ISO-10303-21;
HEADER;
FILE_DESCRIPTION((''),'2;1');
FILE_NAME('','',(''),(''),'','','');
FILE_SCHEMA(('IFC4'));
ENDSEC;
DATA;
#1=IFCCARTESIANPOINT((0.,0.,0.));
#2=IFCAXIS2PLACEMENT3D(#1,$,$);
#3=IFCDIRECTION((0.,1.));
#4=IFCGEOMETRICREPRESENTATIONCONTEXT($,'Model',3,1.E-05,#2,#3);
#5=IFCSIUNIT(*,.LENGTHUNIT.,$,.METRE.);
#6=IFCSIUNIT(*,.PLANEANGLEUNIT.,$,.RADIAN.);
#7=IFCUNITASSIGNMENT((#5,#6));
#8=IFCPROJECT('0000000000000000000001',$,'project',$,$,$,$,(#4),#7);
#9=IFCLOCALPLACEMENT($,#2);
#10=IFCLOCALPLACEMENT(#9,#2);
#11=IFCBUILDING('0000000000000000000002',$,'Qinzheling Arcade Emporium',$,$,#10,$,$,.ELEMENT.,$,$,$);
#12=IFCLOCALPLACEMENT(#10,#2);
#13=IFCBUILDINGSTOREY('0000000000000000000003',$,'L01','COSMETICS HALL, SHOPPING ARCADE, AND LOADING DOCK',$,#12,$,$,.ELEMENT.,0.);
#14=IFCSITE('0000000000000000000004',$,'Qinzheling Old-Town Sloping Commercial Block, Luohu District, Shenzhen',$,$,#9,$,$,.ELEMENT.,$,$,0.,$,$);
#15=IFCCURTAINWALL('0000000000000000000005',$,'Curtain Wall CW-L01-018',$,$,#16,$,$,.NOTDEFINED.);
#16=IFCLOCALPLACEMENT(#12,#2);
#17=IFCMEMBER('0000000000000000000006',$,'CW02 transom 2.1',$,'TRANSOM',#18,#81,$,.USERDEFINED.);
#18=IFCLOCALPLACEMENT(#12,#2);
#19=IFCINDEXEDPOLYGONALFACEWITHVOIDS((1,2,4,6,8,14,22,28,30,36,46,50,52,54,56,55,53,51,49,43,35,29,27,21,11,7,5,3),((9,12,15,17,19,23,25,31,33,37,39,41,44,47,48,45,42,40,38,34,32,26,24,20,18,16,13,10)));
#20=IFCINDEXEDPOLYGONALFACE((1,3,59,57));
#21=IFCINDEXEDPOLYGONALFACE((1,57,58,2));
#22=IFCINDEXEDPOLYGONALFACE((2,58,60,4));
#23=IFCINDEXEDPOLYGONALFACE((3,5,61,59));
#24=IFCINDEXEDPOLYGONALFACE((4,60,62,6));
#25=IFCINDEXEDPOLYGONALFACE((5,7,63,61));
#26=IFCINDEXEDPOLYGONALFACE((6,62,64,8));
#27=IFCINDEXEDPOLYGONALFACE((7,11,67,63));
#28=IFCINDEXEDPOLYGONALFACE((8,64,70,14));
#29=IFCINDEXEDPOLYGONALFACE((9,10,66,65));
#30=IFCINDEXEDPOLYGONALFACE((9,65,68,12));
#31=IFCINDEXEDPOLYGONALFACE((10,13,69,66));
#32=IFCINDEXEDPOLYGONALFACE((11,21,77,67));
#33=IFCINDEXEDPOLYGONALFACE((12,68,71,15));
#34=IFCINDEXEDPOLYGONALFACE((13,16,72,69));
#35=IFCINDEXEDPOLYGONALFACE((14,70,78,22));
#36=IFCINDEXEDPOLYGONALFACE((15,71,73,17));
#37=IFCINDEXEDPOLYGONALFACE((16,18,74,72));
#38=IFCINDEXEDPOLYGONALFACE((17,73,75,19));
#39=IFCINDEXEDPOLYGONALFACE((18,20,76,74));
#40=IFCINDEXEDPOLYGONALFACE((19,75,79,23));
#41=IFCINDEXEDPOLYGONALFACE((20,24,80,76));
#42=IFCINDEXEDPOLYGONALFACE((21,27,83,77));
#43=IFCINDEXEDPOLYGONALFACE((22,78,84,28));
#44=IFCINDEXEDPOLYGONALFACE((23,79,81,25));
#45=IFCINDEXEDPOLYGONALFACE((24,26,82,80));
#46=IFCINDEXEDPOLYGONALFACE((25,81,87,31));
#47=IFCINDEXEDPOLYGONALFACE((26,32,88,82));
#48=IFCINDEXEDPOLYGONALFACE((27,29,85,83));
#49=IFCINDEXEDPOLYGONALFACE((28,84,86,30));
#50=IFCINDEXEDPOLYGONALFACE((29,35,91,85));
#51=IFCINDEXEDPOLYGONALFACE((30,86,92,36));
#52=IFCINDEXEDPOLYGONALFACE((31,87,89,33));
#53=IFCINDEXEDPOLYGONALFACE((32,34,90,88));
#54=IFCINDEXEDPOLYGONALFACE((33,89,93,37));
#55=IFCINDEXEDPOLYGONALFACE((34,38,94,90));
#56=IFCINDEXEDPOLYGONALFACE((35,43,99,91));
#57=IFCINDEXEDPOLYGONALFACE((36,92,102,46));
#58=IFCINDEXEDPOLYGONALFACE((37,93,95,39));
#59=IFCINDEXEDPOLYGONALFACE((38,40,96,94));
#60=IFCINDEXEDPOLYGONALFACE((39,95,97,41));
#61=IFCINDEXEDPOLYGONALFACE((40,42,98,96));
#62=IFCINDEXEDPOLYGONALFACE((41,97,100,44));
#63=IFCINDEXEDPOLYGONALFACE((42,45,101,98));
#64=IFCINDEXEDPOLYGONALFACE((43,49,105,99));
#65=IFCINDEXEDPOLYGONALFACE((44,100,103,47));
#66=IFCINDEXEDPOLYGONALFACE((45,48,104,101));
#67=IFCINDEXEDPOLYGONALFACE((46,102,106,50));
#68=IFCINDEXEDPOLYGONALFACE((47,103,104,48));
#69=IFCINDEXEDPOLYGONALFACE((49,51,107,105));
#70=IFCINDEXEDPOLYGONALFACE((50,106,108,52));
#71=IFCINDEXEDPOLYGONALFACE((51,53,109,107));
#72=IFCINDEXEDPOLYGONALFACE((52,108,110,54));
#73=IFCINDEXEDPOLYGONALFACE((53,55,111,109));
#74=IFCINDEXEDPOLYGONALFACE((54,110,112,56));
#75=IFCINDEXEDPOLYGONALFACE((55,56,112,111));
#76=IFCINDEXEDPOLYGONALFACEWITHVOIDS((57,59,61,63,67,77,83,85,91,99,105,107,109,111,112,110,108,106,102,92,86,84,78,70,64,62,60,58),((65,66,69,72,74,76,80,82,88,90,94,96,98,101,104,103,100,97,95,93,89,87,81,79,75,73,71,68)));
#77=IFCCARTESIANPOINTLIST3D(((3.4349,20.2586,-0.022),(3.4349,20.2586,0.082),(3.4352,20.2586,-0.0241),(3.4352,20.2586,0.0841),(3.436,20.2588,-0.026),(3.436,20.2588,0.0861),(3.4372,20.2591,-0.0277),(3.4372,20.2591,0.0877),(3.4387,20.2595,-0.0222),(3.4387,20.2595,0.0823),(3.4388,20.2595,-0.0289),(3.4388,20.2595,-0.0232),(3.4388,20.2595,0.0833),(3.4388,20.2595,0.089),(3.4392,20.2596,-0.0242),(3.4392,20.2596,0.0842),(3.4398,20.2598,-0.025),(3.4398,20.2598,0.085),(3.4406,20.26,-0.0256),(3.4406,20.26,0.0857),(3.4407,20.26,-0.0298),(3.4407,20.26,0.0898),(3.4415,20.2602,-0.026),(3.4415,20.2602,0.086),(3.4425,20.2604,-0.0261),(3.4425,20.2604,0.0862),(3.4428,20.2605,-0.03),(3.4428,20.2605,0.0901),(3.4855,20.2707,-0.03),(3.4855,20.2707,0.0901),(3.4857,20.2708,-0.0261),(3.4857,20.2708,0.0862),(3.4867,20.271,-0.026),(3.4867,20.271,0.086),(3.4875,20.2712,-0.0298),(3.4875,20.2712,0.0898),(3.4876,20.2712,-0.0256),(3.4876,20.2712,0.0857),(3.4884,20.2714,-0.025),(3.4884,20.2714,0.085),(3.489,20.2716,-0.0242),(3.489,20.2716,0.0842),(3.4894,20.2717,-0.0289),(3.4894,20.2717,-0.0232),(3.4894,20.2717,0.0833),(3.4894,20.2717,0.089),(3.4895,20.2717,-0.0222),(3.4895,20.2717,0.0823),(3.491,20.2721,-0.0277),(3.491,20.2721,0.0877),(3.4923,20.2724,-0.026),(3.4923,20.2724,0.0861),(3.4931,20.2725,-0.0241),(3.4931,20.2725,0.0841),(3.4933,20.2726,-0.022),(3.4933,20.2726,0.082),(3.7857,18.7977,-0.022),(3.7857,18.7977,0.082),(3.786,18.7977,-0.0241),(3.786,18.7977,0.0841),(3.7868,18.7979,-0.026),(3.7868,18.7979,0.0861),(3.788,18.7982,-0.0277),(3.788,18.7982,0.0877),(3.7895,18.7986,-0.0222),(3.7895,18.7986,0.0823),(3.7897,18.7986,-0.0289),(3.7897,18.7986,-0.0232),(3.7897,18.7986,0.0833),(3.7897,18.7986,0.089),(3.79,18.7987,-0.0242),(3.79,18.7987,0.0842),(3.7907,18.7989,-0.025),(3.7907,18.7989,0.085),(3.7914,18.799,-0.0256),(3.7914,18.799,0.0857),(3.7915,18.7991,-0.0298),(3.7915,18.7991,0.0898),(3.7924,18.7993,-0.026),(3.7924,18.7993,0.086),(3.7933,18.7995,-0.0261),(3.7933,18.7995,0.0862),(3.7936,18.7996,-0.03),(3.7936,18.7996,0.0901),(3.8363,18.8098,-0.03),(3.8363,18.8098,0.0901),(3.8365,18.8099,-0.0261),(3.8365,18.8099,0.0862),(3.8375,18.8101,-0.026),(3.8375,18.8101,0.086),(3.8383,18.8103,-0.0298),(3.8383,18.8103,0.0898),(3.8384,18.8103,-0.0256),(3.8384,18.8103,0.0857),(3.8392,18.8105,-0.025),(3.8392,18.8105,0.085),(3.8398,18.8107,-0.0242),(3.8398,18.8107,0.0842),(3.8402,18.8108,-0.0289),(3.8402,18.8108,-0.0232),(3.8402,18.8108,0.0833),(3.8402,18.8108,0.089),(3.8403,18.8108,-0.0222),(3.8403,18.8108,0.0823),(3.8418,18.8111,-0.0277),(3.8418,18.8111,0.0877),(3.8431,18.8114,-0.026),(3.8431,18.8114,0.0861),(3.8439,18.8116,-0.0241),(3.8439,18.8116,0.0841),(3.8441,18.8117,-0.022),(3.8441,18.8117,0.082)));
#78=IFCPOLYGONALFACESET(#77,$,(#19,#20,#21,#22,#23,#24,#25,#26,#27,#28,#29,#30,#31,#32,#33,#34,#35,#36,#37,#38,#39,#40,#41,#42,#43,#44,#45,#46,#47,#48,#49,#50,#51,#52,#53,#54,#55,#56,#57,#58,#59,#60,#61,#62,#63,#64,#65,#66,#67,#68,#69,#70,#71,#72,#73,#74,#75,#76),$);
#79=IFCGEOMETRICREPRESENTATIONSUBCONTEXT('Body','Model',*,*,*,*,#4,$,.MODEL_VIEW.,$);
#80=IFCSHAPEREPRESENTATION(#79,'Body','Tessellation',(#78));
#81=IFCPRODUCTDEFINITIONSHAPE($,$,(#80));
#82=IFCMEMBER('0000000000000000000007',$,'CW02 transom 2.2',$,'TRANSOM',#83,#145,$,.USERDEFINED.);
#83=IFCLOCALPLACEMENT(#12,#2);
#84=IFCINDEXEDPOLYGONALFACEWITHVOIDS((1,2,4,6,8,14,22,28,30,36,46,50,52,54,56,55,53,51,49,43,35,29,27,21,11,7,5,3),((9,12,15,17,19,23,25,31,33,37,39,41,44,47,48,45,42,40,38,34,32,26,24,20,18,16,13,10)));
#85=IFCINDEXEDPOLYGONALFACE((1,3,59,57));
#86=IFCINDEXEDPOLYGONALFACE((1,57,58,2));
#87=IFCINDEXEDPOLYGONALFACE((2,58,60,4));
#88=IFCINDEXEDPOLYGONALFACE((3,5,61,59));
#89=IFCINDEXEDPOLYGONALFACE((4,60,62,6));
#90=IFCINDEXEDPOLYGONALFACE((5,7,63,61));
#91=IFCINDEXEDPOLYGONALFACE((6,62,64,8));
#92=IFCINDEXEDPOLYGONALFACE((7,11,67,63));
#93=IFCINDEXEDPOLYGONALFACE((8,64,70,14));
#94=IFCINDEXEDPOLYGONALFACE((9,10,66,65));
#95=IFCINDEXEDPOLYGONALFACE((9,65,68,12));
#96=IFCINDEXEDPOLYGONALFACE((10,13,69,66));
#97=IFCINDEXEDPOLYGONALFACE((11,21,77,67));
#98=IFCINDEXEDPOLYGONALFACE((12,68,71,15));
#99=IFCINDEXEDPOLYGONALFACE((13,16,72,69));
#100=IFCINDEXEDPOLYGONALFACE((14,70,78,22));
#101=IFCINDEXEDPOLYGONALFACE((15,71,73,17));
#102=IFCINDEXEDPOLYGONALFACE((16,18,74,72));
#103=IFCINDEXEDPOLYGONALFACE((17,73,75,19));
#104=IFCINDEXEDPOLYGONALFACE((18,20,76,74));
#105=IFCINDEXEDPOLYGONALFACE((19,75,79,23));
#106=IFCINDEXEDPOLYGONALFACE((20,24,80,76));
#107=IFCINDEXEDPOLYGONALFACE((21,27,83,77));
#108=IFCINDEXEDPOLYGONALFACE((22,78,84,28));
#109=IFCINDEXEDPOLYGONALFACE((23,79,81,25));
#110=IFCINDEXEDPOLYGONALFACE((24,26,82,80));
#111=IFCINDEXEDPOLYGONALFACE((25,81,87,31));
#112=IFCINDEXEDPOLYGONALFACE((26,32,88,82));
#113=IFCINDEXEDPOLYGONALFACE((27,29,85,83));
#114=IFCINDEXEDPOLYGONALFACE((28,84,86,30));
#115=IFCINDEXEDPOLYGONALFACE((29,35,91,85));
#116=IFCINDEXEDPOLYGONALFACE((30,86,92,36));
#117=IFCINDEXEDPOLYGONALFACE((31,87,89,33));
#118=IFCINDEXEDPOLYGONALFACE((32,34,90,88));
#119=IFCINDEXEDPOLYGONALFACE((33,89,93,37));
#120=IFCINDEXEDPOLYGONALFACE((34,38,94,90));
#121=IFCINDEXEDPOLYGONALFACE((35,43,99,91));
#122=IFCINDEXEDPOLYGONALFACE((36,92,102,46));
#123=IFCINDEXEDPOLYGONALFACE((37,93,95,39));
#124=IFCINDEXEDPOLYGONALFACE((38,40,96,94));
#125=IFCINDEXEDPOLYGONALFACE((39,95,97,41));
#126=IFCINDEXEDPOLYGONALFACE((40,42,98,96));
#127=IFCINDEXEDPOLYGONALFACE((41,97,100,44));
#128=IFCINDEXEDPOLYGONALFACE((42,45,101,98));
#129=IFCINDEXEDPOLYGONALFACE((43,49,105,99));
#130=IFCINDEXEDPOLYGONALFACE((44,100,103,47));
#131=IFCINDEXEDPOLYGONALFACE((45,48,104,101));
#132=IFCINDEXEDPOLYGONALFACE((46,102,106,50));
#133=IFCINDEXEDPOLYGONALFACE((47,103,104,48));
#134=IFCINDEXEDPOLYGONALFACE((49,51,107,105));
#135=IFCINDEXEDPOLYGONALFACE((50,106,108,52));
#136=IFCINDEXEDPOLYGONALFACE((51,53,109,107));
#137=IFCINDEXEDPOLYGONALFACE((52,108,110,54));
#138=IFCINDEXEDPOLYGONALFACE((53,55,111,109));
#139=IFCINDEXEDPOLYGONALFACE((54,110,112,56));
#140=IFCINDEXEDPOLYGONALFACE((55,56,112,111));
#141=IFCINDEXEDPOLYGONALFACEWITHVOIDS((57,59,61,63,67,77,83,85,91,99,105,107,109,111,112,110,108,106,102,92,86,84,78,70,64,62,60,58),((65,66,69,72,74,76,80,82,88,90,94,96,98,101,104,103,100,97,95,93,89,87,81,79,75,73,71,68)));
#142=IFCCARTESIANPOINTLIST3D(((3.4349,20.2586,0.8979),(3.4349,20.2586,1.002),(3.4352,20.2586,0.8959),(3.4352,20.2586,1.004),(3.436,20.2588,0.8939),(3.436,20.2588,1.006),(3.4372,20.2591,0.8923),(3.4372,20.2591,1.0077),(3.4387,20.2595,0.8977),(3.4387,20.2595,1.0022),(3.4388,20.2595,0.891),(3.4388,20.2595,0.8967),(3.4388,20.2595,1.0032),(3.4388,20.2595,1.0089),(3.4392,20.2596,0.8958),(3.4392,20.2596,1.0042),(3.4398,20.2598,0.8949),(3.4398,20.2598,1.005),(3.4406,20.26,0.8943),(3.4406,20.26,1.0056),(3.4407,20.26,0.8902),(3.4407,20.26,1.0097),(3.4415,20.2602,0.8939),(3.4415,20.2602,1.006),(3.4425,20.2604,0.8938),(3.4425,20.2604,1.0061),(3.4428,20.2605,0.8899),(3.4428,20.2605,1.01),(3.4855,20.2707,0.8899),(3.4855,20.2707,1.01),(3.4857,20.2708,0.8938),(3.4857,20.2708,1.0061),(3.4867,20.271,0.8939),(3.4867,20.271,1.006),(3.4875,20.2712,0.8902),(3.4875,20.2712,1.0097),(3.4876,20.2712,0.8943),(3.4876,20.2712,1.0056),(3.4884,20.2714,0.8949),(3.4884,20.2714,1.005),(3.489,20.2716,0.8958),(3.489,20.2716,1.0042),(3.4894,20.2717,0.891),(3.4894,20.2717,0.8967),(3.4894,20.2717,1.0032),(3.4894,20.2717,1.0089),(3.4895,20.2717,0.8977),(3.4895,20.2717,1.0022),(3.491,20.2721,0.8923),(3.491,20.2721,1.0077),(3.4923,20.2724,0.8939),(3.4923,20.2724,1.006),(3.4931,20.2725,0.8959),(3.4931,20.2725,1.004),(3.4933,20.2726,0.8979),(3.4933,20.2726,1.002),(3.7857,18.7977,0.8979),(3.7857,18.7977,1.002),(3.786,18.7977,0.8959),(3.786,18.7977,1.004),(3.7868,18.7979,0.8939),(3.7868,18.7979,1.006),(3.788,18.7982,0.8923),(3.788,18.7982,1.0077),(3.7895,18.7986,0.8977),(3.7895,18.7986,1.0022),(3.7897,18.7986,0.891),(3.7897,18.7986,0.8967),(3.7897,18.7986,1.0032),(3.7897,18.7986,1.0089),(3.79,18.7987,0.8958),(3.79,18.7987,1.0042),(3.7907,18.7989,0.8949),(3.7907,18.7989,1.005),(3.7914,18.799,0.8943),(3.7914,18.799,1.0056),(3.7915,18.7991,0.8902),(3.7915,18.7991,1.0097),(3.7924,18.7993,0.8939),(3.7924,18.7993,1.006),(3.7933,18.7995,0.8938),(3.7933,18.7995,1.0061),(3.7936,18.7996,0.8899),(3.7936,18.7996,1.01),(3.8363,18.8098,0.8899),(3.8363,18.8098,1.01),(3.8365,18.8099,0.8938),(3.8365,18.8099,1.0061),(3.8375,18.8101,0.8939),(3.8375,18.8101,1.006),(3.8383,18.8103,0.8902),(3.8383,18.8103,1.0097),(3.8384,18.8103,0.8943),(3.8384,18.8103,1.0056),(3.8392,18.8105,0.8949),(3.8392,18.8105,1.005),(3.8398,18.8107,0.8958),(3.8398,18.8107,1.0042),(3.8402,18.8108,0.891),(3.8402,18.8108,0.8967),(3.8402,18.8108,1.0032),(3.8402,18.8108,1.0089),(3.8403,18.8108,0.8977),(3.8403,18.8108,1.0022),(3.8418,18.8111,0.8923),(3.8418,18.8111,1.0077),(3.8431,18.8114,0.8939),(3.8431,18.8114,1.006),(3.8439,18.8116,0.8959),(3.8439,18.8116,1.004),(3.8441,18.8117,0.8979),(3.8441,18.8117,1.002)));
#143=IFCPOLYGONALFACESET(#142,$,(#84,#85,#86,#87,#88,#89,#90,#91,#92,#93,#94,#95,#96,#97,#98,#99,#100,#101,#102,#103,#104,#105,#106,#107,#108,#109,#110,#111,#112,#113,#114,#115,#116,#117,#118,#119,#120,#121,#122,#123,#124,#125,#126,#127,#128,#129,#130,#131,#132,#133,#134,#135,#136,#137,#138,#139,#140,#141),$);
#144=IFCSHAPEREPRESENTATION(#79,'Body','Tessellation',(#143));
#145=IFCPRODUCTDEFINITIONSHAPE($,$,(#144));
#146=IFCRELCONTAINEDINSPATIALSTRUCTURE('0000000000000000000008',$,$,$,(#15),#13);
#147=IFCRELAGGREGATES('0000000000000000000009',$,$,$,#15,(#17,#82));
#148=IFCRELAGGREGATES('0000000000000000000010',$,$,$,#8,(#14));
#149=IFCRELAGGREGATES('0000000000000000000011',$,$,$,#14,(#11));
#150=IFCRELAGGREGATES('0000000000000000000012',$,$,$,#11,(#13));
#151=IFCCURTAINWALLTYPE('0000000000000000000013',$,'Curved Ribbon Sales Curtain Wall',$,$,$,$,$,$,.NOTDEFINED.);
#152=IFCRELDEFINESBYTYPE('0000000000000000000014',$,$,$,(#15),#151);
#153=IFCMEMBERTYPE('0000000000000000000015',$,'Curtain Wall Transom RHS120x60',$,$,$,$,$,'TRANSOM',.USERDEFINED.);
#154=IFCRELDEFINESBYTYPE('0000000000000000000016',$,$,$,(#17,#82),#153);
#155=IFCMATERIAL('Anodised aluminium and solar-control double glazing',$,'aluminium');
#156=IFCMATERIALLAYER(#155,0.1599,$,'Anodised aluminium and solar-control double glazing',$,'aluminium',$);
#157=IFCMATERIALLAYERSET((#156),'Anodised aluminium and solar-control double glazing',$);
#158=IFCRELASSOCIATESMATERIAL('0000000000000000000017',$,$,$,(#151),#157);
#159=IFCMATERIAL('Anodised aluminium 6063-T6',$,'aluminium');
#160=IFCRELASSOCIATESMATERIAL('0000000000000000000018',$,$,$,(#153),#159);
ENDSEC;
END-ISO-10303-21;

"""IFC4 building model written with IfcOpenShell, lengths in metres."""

from ifc_helpers import new_model, si_unit, direction, frame, origin, origin_2d, place, context, subcontext, project, spatial, hollow_rectangle, extrude, material, layer, layer_set, material_profile, profile_set, type_object, element, aggregate, save


model = new_model("IFC4")

# Units and contexts
model_context = context("Model", 3, precision=1e-05, world=origin(), true_north=direction((0.0, 1.0)))
body_context = subcontext(model_context, "Body", "Model", "MODEL_VIEW")
ifc_project = project(units=[si_unit("LENGTHUNIT", "METRE"), si_unit("PLANEANGLEUNIT", "RADIAN")], contexts=[model_context])

# Site, building, storey
site_placement = place(None, origin())
site = spatial("IfcSite", under=ifc_project, at=site_placement, Name="Qinzheling Old-Town Sloping Commercial Block, Luohu District, Shenzhen", CompositionType="ELEMENT", RefElevation=0.0)
building_placement = place(site_placement, origin())
building = spatial("IfcBuilding", under=site, at=building_placement, Name="Qinzheling Arcade Emporium", CompositionType="ELEMENT")
storey_placement = place(building_placement, origin())
storey = spatial("IfcBuildingStorey", under=building, at=storey_placement, Name="L01", Description="COSMETICS HALL, SHOPPING ARCADE, AND LOADING DOCK", CompositionType="ELEMENT", Elevation=0.0)

# Curtain wall, members
ifc_material_1 = material(Name="Anodised aluminium and solar-control double glazing", Category="aluminium")
ifc_layer_1 = layer(ifc_material_1, 0.1599, Name="Anodised aluminium and solar-control double glazing", Category="aluminium")
ifc_layer_set_1 = layer_set([ifc_layer_1], Name="Anodised aluminium and solar-control double glazing")
curtain_wall_type = type_object("IfcCurtainWallType", Name="Curved Ribbon Sales Curtain Wall", PredefinedType="NOTDEFINED", material=ifc_layer_set_1)
curtain_wall_placement = place(storey_placement, origin())
curtain_wall = element("IfcCurtainWall", 1, at=curtain_wall_placement, inside=storey, type_object=curtain_wall_type, Name="Curtain Wall CW-L01-018", PredefinedType="NOTDEFINED")
ifc_material_2 = material(Name="Anodised aluminium 6063-T6", Category="aluminium")
ifc_material_profile_1 = material_profile(ifc_material_2, hollow_rectangle(XDim=0.0601, YDim=0.1201, WallThickness=0.0039, InnerFilletRadius=0.0039, OuterFilletRadius=0.0081, at=origin_2d()), Name="RHS 120x60x4", Category="aluminium")
ifc_profile_set_1 = profile_set([ifc_material_profile_1], Name="Anodised aluminium 6063-T6")
member_type_1 = type_object("IfcMemberType", Name="Curtain Wall Transom RHS120x60", ElementType="TRANSOM", PredefinedType="USERDEFINED", material=ifc_profile_set_1)
member_1_placement = place(storey_placement, frame((3.8149, 18.8047, 0.03), z_axis=(-0.233502, 0.972356, 0.0), x_axis=(-0.972356, -0.233502, 0.0)))
member_1 = element("IfcMember", 2, at=member_1_placement, type_object=member_type_1, Name="CW02 transom 2.1", ObjectType="TRANSOM", PredefinedType="USERDEFINED", context=body_context, shape_type="SweptSolid", body=[
    extrude(hollow_rectangle(XDim=0.0601, YDim=0.1201, WallThickness=0.0039, InnerFilletRadius=0.0039, OuterFilletRadius=0.0081, at=origin_2d()), origin(), (0.0, 0.0, 1.0), 1.5024),
])
member_2_placement = place(storey_placement, frame((3.8149, 18.8047, 0.95), z_axis=(-0.233502, 0.972356, 0.0), x_axis=(-0.972356, -0.233502, 0.0)))
member_2 = element("IfcMember", 3, at=member_2_placement, type_object=member_type_1, Name="CW02 transom 2.2", ObjectType="TRANSOM", PredefinedType="USERDEFINED", context=body_context, shape_type="SweptSolid", body=[
    extrude(hollow_rectangle(XDim=0.0601, YDim=0.1201, WallThickness=0.0039, InnerFilletRadius=0.0039, OuterFilletRadius=0.0081, at=origin_2d()), origin(), (0.0, 0.0, 1.0), 1.5024),
])

aggregate(curtain_wall, [member_1, member_2])

save(model, "model.ifc")
